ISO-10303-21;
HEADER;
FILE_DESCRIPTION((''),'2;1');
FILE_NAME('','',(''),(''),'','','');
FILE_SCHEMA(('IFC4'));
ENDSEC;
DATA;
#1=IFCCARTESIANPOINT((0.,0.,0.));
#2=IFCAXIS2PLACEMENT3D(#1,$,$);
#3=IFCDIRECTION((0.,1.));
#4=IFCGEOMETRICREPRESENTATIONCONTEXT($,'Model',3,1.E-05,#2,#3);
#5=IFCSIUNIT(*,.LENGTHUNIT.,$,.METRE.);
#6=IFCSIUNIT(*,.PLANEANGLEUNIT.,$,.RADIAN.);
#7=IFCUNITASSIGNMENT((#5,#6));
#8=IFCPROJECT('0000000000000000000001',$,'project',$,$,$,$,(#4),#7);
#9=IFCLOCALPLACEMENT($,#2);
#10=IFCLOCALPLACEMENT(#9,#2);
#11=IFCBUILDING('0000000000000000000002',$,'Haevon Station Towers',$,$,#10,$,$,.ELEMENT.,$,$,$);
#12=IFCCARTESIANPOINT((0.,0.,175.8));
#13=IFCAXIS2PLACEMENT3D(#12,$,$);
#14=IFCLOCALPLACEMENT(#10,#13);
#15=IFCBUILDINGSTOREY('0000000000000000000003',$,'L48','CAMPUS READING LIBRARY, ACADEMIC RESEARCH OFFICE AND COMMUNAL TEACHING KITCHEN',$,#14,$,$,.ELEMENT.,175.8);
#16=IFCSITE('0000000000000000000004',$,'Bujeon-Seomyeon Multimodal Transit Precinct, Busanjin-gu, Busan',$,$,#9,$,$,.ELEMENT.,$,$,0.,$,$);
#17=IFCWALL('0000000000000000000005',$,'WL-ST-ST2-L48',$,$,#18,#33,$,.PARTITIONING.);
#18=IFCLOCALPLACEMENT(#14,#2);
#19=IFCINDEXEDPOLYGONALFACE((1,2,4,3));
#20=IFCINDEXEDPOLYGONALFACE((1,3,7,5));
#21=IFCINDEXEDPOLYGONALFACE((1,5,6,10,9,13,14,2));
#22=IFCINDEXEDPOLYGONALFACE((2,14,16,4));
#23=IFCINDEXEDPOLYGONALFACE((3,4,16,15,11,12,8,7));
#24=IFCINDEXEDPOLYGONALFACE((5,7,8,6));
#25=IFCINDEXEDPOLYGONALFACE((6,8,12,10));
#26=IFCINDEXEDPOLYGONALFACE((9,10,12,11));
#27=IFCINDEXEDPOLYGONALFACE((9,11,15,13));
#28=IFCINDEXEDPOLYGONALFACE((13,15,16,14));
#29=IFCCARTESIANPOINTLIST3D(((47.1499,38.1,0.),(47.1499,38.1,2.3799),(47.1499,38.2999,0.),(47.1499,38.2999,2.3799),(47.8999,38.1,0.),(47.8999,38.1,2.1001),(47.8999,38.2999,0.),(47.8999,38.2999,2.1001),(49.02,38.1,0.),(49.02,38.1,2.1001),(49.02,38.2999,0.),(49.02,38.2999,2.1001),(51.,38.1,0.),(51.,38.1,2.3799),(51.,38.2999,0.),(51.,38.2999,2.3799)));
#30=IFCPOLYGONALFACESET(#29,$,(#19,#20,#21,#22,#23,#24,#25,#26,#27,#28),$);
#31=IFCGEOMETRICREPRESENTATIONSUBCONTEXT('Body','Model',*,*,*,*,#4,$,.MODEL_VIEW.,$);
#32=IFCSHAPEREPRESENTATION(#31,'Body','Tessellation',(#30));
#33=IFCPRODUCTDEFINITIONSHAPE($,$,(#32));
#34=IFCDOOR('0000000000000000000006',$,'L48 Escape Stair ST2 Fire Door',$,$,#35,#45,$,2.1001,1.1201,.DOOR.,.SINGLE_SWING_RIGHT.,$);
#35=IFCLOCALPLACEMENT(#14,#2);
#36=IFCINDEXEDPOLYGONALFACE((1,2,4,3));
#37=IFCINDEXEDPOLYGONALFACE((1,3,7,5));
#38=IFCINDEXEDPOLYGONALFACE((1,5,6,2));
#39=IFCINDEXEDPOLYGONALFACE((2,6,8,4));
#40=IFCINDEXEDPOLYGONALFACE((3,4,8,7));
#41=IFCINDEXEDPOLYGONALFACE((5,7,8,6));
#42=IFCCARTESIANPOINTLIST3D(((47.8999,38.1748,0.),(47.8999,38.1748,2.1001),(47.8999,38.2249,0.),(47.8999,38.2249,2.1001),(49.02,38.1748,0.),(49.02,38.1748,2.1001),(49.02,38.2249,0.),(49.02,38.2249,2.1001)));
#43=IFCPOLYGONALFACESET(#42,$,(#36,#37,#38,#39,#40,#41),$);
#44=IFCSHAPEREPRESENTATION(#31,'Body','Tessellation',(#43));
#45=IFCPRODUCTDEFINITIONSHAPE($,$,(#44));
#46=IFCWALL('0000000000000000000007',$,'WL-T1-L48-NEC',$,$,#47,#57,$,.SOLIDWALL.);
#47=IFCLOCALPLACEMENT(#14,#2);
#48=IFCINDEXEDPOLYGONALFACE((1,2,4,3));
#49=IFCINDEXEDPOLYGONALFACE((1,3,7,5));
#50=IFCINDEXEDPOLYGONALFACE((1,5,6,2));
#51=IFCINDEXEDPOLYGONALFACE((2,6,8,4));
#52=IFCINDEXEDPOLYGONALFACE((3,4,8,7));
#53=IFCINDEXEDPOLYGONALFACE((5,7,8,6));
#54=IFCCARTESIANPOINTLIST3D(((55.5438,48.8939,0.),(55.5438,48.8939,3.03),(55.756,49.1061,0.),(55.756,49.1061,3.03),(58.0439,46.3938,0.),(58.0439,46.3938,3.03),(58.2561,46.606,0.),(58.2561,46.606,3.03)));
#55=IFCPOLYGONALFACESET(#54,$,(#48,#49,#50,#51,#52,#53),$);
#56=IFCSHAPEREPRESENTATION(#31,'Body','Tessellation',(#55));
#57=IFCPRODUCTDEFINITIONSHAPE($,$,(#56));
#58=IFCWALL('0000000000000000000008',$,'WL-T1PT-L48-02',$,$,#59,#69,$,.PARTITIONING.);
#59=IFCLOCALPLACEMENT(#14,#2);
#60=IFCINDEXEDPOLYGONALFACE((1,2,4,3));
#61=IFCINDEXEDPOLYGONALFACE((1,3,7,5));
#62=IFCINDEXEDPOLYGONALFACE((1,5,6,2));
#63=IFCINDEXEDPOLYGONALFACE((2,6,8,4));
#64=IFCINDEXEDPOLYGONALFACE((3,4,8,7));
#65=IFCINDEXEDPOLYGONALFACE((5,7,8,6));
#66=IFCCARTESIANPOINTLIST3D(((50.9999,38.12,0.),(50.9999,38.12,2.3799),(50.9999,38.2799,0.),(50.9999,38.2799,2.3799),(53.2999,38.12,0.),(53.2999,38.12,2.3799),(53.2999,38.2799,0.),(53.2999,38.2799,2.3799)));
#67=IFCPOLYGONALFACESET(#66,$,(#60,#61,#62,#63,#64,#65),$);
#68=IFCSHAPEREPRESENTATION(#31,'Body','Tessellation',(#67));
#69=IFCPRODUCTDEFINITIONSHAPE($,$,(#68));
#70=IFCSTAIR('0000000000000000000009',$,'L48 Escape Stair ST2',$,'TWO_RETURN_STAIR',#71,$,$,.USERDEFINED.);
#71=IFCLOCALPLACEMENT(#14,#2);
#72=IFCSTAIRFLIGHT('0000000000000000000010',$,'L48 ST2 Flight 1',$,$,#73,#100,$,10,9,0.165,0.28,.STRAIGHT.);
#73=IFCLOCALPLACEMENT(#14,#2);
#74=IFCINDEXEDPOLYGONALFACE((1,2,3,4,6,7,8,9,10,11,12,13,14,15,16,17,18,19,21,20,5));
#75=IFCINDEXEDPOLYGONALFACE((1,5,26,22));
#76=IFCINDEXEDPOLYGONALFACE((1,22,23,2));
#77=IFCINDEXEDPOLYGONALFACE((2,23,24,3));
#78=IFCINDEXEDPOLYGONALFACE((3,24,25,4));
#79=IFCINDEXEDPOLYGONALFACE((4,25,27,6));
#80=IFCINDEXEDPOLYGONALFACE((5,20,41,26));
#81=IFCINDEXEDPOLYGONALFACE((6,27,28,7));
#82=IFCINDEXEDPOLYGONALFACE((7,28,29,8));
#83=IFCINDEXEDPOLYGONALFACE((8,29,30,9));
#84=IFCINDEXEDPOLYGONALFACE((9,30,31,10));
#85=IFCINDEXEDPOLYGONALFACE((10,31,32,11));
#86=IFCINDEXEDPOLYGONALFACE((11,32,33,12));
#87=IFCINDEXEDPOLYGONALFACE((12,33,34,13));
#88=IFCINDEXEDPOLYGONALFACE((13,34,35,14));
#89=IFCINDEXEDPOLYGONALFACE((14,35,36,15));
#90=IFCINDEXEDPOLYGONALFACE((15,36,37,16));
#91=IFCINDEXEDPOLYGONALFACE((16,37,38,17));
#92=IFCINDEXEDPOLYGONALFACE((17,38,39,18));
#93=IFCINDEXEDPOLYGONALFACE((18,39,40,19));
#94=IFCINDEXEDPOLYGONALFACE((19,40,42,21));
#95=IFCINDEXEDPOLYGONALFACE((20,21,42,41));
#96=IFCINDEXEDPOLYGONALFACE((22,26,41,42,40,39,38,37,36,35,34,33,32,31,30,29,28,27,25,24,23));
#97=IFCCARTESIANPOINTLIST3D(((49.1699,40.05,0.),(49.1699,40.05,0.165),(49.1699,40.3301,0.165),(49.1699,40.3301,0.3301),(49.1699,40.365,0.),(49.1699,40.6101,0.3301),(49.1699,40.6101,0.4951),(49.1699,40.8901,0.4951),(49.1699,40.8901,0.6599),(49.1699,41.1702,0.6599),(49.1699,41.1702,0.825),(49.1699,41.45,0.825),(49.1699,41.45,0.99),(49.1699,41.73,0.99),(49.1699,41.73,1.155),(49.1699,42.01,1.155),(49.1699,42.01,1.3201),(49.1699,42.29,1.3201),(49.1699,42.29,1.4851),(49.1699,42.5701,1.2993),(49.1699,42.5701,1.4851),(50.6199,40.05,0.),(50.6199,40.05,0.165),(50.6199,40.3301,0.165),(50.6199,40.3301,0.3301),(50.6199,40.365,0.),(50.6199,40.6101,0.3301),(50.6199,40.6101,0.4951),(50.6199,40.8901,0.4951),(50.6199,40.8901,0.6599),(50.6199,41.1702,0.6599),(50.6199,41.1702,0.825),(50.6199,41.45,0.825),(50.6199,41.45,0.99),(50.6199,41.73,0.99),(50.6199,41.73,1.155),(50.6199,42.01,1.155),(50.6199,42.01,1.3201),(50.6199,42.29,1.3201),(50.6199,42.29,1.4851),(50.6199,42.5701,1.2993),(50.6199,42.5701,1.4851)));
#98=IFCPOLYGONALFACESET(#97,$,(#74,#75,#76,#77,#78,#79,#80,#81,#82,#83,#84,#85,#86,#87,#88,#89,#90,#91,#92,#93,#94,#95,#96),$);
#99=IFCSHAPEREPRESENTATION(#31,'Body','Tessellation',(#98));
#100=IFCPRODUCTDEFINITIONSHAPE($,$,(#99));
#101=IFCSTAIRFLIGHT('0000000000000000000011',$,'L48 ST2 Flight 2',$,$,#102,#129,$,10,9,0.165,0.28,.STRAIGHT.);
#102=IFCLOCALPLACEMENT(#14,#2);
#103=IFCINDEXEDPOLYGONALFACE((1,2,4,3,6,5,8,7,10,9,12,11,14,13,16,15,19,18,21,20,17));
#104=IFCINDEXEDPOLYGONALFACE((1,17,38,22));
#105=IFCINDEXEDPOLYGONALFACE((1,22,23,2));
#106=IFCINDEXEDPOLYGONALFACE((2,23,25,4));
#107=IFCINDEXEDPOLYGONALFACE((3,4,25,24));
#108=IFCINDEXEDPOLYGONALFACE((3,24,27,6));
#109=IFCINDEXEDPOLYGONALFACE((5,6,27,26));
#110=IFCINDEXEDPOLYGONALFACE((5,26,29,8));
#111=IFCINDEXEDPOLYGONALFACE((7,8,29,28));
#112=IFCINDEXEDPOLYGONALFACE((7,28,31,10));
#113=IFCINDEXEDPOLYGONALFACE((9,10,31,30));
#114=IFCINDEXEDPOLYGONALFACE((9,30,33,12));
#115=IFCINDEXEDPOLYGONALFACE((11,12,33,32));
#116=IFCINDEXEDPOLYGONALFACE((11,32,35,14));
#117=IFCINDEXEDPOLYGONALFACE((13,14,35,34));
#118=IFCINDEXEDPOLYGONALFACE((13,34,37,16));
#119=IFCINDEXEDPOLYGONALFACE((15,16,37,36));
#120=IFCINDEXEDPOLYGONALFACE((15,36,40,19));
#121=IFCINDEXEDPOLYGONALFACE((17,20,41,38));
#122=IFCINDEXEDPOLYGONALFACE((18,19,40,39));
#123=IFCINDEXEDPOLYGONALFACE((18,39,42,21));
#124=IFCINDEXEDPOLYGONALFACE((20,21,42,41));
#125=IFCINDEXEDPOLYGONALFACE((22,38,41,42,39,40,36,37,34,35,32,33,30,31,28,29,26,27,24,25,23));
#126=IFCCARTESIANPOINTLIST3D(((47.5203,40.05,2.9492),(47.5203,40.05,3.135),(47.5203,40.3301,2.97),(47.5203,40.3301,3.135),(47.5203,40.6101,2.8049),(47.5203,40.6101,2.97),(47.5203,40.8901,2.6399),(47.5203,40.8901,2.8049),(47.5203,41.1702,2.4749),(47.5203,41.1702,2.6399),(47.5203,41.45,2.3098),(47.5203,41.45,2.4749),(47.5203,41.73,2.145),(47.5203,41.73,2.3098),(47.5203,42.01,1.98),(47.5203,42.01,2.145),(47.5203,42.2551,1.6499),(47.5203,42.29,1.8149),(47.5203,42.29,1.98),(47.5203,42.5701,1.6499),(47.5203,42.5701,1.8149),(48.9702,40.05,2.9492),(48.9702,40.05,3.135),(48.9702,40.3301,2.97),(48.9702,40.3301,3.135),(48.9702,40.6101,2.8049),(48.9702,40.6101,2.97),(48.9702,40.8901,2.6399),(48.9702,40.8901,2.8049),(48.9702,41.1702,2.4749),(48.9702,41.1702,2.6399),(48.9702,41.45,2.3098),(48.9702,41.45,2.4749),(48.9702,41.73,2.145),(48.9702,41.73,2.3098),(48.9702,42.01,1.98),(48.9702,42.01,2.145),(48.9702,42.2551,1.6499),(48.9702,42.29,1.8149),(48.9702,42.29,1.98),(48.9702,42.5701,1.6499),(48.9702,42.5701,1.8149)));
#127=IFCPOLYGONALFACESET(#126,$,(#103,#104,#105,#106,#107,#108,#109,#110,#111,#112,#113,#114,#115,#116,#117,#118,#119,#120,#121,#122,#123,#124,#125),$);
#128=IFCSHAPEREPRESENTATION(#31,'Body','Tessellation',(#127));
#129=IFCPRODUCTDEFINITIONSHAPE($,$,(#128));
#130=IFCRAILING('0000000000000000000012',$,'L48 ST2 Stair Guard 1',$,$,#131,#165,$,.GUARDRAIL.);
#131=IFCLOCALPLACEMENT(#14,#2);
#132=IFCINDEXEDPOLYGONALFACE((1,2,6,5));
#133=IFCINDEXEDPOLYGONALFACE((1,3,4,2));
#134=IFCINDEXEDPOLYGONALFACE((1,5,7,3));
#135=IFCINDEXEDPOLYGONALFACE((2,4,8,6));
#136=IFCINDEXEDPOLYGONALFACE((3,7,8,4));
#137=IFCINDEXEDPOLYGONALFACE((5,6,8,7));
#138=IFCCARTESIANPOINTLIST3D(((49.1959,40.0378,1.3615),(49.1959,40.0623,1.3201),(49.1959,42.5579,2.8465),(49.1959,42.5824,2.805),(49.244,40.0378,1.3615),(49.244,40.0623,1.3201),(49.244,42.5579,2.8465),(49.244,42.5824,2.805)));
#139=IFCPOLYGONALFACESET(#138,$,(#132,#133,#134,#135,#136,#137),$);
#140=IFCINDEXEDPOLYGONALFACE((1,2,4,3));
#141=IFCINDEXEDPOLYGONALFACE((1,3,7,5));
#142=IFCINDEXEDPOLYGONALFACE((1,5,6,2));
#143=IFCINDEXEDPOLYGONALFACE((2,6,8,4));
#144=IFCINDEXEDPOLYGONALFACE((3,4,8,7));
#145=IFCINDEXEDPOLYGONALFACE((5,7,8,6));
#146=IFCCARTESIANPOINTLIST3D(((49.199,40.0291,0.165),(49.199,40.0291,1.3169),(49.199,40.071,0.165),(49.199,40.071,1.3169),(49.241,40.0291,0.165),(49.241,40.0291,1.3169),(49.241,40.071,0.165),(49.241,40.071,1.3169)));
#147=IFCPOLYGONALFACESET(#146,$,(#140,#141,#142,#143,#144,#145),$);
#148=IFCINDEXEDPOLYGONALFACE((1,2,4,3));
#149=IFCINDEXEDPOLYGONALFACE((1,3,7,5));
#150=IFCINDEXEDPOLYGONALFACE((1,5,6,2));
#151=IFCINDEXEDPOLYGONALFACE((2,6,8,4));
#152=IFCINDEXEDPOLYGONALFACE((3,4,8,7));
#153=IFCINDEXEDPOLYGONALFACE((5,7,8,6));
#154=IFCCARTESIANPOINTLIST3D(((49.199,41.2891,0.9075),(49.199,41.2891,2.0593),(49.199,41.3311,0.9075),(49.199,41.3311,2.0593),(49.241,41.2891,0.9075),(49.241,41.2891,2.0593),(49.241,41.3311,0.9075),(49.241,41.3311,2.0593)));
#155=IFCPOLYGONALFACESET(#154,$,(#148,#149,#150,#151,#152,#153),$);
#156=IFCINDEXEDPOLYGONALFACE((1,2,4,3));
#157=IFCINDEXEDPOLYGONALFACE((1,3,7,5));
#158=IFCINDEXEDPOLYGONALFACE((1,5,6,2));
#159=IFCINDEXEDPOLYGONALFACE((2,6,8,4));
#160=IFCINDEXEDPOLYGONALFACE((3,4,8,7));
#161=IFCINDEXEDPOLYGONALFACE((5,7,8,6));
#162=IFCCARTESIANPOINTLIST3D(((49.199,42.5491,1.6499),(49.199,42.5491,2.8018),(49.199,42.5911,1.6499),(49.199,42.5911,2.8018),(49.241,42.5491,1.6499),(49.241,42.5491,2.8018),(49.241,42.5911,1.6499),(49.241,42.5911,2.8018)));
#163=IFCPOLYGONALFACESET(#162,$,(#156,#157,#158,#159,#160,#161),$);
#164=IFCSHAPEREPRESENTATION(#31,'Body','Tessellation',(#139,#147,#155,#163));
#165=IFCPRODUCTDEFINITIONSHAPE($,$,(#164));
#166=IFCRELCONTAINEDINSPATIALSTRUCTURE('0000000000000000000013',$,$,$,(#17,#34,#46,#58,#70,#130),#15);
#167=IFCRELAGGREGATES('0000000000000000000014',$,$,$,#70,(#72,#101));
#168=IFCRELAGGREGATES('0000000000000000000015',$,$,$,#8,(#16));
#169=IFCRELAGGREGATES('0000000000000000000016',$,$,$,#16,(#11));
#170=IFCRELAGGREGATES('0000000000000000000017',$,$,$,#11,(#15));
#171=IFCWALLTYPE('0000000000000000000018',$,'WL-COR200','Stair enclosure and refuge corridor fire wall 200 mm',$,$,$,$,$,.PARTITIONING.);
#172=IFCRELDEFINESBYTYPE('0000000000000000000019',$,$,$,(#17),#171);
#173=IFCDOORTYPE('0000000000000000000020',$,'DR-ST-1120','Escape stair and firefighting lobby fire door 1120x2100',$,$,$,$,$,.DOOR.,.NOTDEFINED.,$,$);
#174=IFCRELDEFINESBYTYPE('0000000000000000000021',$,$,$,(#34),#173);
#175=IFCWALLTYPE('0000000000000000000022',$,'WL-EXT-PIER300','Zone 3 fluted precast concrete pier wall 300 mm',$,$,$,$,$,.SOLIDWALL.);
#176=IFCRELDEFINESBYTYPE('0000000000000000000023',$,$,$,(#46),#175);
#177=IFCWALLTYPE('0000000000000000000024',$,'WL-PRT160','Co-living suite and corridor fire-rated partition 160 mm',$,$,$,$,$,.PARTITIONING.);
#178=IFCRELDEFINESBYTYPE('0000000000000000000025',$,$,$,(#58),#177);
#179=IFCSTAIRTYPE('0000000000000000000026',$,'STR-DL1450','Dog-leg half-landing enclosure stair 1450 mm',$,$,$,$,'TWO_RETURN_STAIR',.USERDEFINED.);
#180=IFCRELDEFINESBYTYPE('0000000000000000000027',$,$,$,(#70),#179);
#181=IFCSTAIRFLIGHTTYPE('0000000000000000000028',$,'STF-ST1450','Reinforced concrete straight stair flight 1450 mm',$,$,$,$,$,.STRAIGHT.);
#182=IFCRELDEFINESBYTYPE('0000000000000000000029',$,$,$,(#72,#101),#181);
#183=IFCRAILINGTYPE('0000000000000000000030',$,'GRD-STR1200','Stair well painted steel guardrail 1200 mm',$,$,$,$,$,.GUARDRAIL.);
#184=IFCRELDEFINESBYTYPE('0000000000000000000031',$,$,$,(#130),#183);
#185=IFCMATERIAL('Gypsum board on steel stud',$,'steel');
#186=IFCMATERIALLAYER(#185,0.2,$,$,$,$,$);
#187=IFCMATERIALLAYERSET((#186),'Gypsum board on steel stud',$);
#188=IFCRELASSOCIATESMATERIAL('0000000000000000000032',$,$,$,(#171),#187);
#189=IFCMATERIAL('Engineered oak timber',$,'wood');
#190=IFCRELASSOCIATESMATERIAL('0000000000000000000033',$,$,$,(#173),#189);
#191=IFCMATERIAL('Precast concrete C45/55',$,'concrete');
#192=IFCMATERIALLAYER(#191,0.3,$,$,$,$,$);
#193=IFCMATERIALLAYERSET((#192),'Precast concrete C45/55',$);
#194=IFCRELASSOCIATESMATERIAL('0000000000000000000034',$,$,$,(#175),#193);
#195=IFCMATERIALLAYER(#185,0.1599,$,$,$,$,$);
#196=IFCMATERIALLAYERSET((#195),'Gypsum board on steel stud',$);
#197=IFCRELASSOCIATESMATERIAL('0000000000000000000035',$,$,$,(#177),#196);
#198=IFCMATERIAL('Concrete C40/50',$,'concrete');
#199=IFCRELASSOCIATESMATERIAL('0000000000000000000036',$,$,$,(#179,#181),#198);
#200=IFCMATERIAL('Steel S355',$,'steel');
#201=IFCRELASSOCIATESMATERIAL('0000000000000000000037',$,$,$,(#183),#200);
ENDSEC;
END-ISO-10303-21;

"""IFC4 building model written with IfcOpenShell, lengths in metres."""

from ifc_helpers import new_model, si_unit, direction, frame, frame_2d, origin, origin_2d, place, context, subcontext, project, spatial, polyline, rectangle, outline, extrude, material, layer, layer_set, type_object, element, fill, aggregate, save


model = new_model("IFC4")

# Units and contexts
model_context = context("Model", 3, precision=1e-05, world=origin(), true_north=direction((0.0, 1.0)))
body_context = subcontext(model_context, "Body", "Model", "MODEL_VIEW")
ifc_project = project(units=[si_unit("LENGTHUNIT", "METRE"), si_unit("PLANEANGLEUNIT", "RADIAN")], contexts=[model_context])

# Site, building, storey
site_placement = place(None, origin())
site = spatial("IfcSite", under=ifc_project, at=site_placement, Name="Bujeon-Seomyeon Multimodal Transit Precinct, Busanjin-gu, Busan", CompositionType="ELEMENT", RefElevation=0.0)
building_placement = place(site_placement, origin())
building = spatial("IfcBuilding", under=site, at=building_placement, Name="Haevon Station Towers", CompositionType="ELEMENT")
storey_placement = place(building_placement, frame((0.0, 0.0, 175.8)))
storey = spatial("IfcBuildingStorey", under=building, at=storey_placement, Name="L48", Description="CAMPUS READING LIBRARY, ACADEMIC RESEARCH OFFICE AND COMMUNAL TEACHING KITCHEN", CompositionType="ELEMENT", Elevation=175.8)

# Shared definitions
ifc_material_1 = material(Name="Steel S355", Category="steel")

# Wall, opening, door
ifc_material_2 = material(Name="Gypsum board on steel stud", Category="steel")
ifc_layer_1 = layer(ifc_material_2, 0.2)
ifc_layer_set_1 = layer_set([ifc_layer_1], Name="Gypsum board on steel stud")
wall_type_1 = type_object("IfcWallType", Name="WL-COR200", Description="Stair enclosure and refuge corridor fire wall 200 mm", PredefinedType="PARTITIONING", material=ifc_layer_set_1)
wall_1_placement = place(storey_placement, frame((47.1499, 38.2, 0.0), z_axis=(0.0, 0.0, 1.0), x_axis=(1.0, 0.0, 0.0)))
wall_1 = element("IfcWall", 1, at=wall_1_placement, inside=storey, type_object=wall_type_1, Name="WL-ST-ST2-L48", PredefinedType="PARTITIONING", context=body_context, shape_type="SweptSolid", body=[
    extrude(rectangle(XDim=3.8501, YDim=0.2, at=frame_2d((1.925, 0.0))), origin(), (0.0, 0.0, 1.0), 2.3799),
])
opening_placement = place(wall_1_placement, frame((0.75, 0.0, 0.0)))
opening = element("IfcOpeningElement", 2, at=opening_placement, cuts=wall_1, PredefinedType="OPENING", context=body_context, shape_type="SweptSolid", body=[
    extrude(rectangle(XDim=1.1201, YDim=2.1001, at=frame_2d((0.5601, 1.05))), frame((0.0, 0.1099, 0.0), z_axis=(0.0, -1.0, 0.0), x_axis=(1.0, 0.0, 0.0)), (0.0, 0.0, 1.0), 0.22),
])
ifc_material_3 = material(Name="Engineered oak timber", Category="wood")
door_type = type_object("IfcDoorType", Name="DR-ST-1120", Description="Escape stair and firefighting lobby fire door 1120x2100", OperationType="NOTDEFINED", PredefinedType="DOOR", material=ifc_material_3)
door_placement = place(opening_placement, origin())
door = element("IfcDoor", 3, at=door_placement, inside=storey, type_object=door_type, Name="L48 Escape Stair ST2 Fire Door", OperationType="SINGLE_SWING_RIGHT", OverallHeight=2.1001, OverallWidth=1.1201, PredefinedType="DOOR", context=body_context, shape_type="SweptSolid", body=[
    extrude(rectangle(XDim=1.1201, YDim=2.1001, at=frame_2d((0.5601, 1.05))), frame((0.0, 0.0249, 0.0), z_axis=(0.0, -1.0, 0.0), x_axis=(1.0, 0.0, 0.0)), (0.0, 0.0, 1.0), 0.05),
])
fill(opening, door)

# Walls
ifc_material_4 = material(Name="Precast concrete C45/55", Category="concrete")
ifc_layer_2 = layer(ifc_material_4, 0.3)
ifc_layer_set_2 = layer_set([ifc_layer_2], Name="Precast concrete C45/55")
wall_type_2 = type_object("IfcWallType", Name="WL-EXT-PIER300", Description="Zone 3 fluted precast concrete pier wall 300 mm", PredefinedType="SOLIDWALL", material=ifc_layer_set_2)
wall_2_placement = place(storey_placement, frame((55.6499, 49.0, 0.0), z_axis=(0.0, 0.0, 1.0), x_axis=(0.707107, -0.707107, 0.0)))
element("IfcWall", 4, at=wall_2_placement, inside=storey, type_object=wall_type_2, Name="WL-T1-L48-NEC", PredefinedType="SOLIDWALL", context=body_context, shape_type="SweptSolid", body=[
    extrude(rectangle(XDim=3.5356, YDim=0.3, at=frame_2d((1.7678, 0.0))), origin(), (0.0, 0.0, 1.0), 3.03),
])
ifc_layer_3 = layer(ifc_material_2, 0.1599)
ifc_layer_set_3 = layer_set([ifc_layer_3], Name="Gypsum board on steel stud")
wall_type_3 = type_object("IfcWallType", Name="WL-PRT160", Description="Co-living suite and corridor fire-rated partition 160 mm", PredefinedType="PARTITIONING", material=ifc_layer_set_3)
wall_3_placement = place(storey_placement, frame((51.0, 38.2, 0.0), z_axis=(0.0, 0.0, 1.0), x_axis=(1.0, 0.0, 0.0)))
element("IfcWall", 5, at=wall_3_placement, inside=storey, type_object=wall_type_3, Name="WL-T1PT-L48-02", PredefinedType="PARTITIONING", context=body_context, shape_type="SweptSolid", body=[
    extrude(rectangle(XDim=2.3, YDim=0.1599, at=frame_2d((1.1499, 0.0))), origin(), (0.0, 0.0, 1.0), 2.3799),
])

# Stair, stair flights
ifc_material_5 = material(Name="Concrete C40/50", Category="concrete")
stair_type = type_object("IfcStairType", Name="STR-DL1450", Description="Dog-leg half-landing enclosure stair 1450 mm", ElementType="TWO_RETURN_STAIR", PredefinedType="USERDEFINED", material=ifc_material_5)
stair_placement = place(storey_placement, origin())
stair = element("IfcStair", 6, at=stair_placement, inside=storey, type_object=stair_type, Name="L48 Escape Stair ST2", ObjectType="TWO_RETURN_STAIR", PredefinedType="USERDEFINED")
stair_flight_type = type_object("IfcStairFlightType", Name="STF-ST1450", Description="Reinforced concrete straight stair flight 1450 mm", PredefinedType="STRAIGHT", material=ifc_material_5)
stair_flight_1_placement = place(storey_placement, frame((49.895, 40.05, 0.0), z_axis=(0.0, 0.0, 1.0), x_axis=(0.0, 1.0, 0.0)))
stair_flight_1 = element("IfcStairFlight", 7, at=stair_flight_1_placement, type_object=stair_flight_type, Name="L48 ST2 Flight 1", NumberOfRisers=10, NumberOfTreads=9, PredefinedType="STRAIGHT", RiserHeight=0.165, TreadLength=0.28, context=body_context, shape_type="SweptSolid", body=[
    extrude(outline(polyline([(0.0, 0.0), (0.0, 0.165), (0.28, 0.165), (0.28, 0.3301), (0.5601, 0.3301), (0.5601, 0.4951), (0.8401, 0.4951), (0.8401, 0.6599), (1.1201, 0.6599), (1.1201, 0.825), (1.3999, 0.825), (1.3999, 0.99), (1.6799, 0.99), (1.6799, 1.155), (1.96, 1.155), (1.96, 1.3201), (2.24, 1.3201), (2.24, 1.4851), (2.52, 1.4851), (2.52, 1.6499), (2.52, 1.2993), (0.3149, 0.0), (0.0, 0.0)])), frame((0.0, 0.7251, 0.0), z_axis=(0.0, -1.0, 0.0), x_axis=(1.0, 0.0, 0.0)), (0.0, 0.0, 1.0), 1.45),
])
stair_flight_2_placement = place(storey_placement, frame((48.2451, 42.5701, 1.6499), z_axis=(0.0, 0.0, 1.0), x_axis=(0.0, -1.0, 0.0)))
stair_flight_2 = element("IfcStairFlight", 8, at=stair_flight_2_placement, type_object=stair_flight_type, Name="L48 ST2 Flight 2", NumberOfRisers=10, NumberOfTreads=9, PredefinedType="STRAIGHT", RiserHeight=0.165, TreadLength=0.28, context=body_context, shape_type="SweptSolid", body=[
    extrude(outline(polyline([(0.0, 0.0), (0.0, 0.165), (0.28, 0.165), (0.28, 0.3301), (0.5601, 0.3301), (0.5601, 0.4951), (0.8401, 0.4951), (0.8401, 0.6599), (1.1201, 0.6599), (1.1201, 0.825), (1.3999, 0.825), (1.3999, 0.99), (1.6799, 0.99), (1.6799, 1.155), (1.96, 1.155), (1.96, 1.3201), (2.24, 1.3201), (2.24, 1.4851), (2.52, 1.4851), (2.52, 1.6499), (2.52, 1.2993), (0.3149, 0.0), (0.0, 0.0)])), frame((0.0, 0.7251, 0.0), z_axis=(0.0, -1.0, 0.0), x_axis=(1.0, 0.0, 0.0)), (0.0, 0.0, 1.0), 1.45),
])
aggregate(stair, [stair_flight_1, stair_flight_2])

# Railing
railing_type_1 = type_object("IfcRailingType", Name="GRD-STR1200", Description="Stair well painted steel guardrail 1200 mm", PredefinedType="GUARDRAIL", material=ifc_material_1)
railing_1_placement = place(storey_placement, frame((49.22, 40.05, 0.165)))
element("IfcRailing", 9, at=railing_1_placement, inside=storey, type_object=railing_type_1, Name="L48 ST2 Stair Guard 1", PredefinedType="GUARDRAIL", context=body_context, shape_type="SweptSolid", body=[
    extrude(rectangle(XDim=0.0481, YDim=0.0481, at=origin_2d()), frame((0.0, 0.0, 1.1758), z_axis=(0.0, 0.861561, 0.507655), x_axis=(-1.0, 0.0, 0.0)), (0.0, 0.0, 1.0), 2.925),
    extrude(rectangle(XDim=0.042, YDim=0.042, at=origin_2d()), origin(), (0.0, 0.0, 1.0), 1.1519),
    extrude(rectangle(XDim=0.042, YDim=0.042, at=origin_2d()), frame((0.0, 1.26, 0.7424)), (0.0, 0.0, 1.0), 1.1519),
    extrude(rectangle(XDim=0.042, YDim=0.042, at=origin_2d()), frame((0.0, 2.52, 1.4849)), (0.0, 0.0, 1.0), 1.1519),
])

save(model, "model.ifc")
